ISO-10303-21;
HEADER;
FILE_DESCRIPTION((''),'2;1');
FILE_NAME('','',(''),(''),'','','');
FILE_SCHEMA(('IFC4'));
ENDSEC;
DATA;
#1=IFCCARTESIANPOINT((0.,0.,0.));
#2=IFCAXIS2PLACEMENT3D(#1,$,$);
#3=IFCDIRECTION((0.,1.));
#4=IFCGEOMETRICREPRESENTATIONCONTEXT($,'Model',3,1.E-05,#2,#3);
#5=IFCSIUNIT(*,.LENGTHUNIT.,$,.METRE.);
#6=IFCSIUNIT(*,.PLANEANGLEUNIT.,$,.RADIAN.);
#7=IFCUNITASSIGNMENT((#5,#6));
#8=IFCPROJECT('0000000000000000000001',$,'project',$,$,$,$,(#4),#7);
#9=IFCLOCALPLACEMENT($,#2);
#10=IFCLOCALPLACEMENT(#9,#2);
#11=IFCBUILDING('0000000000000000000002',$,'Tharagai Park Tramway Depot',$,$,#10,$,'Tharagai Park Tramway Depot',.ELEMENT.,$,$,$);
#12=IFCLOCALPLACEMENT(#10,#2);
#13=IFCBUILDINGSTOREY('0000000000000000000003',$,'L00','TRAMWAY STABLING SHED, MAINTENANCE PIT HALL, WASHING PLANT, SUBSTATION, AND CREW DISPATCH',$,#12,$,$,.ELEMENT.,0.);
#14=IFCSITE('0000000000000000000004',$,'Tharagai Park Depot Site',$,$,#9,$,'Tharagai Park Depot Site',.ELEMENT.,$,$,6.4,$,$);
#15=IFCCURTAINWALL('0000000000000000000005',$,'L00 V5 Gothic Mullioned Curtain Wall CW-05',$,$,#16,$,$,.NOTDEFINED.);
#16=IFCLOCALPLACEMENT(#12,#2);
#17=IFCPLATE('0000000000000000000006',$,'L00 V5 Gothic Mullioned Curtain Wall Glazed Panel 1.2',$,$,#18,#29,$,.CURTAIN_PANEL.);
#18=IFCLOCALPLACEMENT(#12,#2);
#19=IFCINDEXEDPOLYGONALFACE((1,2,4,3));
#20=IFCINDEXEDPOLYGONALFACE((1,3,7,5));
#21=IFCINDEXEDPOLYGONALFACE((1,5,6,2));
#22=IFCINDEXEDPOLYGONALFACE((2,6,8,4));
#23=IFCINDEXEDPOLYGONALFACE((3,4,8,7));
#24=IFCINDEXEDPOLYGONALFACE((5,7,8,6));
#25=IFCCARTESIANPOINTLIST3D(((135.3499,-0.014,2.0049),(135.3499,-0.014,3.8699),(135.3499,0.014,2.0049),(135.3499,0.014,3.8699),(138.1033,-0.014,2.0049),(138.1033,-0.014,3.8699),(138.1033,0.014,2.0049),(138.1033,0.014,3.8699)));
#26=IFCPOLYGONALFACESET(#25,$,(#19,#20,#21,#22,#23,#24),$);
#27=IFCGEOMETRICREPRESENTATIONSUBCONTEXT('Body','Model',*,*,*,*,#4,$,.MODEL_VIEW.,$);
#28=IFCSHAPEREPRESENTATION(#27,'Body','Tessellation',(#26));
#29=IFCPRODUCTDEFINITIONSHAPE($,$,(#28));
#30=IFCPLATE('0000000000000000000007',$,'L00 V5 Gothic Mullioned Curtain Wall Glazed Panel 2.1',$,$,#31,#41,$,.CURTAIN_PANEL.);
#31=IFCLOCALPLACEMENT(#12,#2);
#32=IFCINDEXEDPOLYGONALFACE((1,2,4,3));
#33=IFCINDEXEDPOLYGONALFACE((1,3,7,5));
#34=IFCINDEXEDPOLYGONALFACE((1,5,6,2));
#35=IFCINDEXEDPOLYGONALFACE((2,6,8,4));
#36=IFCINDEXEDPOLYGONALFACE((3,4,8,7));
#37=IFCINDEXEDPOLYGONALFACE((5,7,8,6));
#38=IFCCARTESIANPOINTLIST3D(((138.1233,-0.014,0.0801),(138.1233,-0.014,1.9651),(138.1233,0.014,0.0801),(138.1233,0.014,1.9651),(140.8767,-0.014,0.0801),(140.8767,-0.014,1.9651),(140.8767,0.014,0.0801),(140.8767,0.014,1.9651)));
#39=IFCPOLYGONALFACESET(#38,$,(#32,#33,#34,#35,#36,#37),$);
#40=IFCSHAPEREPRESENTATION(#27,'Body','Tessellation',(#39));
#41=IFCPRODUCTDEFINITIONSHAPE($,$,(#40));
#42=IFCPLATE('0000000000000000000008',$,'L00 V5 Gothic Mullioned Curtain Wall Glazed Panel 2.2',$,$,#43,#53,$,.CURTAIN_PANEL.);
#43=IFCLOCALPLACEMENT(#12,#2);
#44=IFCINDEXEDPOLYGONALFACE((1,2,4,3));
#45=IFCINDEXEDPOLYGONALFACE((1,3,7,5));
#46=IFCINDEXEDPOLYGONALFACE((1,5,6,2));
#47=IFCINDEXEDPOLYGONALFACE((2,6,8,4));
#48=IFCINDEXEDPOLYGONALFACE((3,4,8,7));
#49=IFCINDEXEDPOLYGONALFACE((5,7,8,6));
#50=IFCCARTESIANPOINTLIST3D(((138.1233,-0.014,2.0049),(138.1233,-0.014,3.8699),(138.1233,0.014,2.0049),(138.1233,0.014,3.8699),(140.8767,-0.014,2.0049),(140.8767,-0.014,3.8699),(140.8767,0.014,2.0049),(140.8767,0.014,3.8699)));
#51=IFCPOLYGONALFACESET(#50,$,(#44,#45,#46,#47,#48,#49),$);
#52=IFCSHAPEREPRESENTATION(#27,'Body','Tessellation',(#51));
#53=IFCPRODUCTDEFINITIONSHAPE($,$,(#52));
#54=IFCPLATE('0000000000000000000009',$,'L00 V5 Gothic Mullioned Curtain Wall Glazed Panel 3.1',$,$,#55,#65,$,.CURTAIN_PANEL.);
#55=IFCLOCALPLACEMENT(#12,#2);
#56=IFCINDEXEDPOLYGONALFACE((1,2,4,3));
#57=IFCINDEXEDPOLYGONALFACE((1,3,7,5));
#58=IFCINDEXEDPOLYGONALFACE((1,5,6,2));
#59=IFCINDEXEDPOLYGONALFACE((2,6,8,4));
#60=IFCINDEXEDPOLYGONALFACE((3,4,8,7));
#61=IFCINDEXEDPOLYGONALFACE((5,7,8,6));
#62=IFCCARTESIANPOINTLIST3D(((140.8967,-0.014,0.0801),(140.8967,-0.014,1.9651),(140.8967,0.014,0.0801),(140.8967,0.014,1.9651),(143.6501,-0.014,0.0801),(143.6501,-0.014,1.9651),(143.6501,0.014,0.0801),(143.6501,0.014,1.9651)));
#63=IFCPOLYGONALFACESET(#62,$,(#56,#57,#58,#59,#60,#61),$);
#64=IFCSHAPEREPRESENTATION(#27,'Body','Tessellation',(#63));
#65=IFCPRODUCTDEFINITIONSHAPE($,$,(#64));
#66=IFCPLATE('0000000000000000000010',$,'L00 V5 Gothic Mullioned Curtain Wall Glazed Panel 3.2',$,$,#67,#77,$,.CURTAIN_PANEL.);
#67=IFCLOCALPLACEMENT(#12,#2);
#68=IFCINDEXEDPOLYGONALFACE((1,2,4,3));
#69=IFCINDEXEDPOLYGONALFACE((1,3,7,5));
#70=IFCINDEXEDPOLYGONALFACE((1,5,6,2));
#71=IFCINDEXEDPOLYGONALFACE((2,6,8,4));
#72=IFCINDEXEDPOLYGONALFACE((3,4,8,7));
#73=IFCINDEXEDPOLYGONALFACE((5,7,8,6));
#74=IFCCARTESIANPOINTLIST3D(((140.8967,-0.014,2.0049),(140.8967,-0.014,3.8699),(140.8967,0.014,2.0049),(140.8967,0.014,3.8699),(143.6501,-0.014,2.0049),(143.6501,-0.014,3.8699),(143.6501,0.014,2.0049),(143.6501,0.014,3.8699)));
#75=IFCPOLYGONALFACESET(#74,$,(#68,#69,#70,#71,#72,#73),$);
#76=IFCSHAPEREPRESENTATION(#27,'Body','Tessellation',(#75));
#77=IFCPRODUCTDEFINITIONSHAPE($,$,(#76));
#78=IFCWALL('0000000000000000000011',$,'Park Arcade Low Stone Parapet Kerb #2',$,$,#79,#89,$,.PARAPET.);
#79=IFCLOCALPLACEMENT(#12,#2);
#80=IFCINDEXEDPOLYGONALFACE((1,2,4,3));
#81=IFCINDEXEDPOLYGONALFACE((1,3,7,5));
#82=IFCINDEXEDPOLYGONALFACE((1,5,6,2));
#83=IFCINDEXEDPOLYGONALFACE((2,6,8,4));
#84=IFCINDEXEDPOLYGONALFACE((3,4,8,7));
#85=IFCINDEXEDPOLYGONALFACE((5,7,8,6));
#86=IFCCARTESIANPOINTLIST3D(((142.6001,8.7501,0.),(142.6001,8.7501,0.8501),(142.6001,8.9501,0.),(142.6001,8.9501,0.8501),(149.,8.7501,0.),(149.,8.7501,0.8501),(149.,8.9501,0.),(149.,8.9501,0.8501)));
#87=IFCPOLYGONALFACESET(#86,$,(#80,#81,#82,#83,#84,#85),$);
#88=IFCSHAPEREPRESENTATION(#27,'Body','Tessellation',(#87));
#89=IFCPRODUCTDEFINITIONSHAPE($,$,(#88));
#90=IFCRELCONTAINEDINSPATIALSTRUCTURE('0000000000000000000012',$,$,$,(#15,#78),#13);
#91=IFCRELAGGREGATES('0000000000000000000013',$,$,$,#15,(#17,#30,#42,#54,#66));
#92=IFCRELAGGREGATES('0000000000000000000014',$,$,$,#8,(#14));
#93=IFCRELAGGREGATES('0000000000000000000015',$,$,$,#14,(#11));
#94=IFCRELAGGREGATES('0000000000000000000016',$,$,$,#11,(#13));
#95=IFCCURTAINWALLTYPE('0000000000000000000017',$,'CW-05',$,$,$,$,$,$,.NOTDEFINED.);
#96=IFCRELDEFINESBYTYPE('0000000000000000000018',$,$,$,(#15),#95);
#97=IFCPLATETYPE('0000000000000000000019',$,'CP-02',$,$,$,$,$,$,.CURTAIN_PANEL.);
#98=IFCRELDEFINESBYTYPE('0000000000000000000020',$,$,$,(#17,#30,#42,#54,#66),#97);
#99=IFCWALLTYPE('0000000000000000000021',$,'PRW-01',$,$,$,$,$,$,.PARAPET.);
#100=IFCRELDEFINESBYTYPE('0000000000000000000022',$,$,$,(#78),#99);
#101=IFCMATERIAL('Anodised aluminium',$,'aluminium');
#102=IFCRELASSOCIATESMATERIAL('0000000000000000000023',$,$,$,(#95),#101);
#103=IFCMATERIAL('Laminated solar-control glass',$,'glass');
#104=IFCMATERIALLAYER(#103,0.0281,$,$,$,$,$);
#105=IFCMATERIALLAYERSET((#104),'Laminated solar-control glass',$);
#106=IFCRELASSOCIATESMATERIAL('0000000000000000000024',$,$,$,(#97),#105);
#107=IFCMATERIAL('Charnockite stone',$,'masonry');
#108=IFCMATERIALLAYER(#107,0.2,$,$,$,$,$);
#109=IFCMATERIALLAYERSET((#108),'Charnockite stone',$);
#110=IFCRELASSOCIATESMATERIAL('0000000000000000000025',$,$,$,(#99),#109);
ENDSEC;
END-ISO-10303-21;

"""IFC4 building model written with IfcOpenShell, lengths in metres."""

from ifc_helpers import new_model, si_unit, direction, frame, frame_2d, origin, origin_2d, place, context, subcontext, project, spatial, rectangle, extrude, material, layer, layer_set, type_object, element, aggregate, save


model = new_model("IFC4")

# Units and contexts
model_context = context("Model", 3, precision=1e-05, world=origin(), true_north=direction((0.0, 1.0)))
body_context = subcontext(model_context, "Body", "Model", "MODEL_VIEW")
ifc_project = project(units=[si_unit("LENGTHUNIT", "METRE"), si_unit("PLANEANGLEUNIT", "RADIAN")], contexts=[model_context])

# Site, building, storey
site_placement = place(None, origin())
site = spatial("IfcSite", under=ifc_project, at=site_placement, Name="Tharagai Park Depot Site", LongName="Tharagai Park Depot Site", CompositionType="ELEMENT", RefElevation=6.4)
building_placement = place(site_placement, origin())
building = spatial("IfcBuilding", under=site, at=building_placement, Name="Tharagai Park Tramway Depot", LongName="Tharagai Park Tramway Depot", CompositionType="ELEMENT")
storey_placement = place(building_placement, origin())
storey = spatial("IfcBuildingStorey", under=building, at=storey_placement, Name="L00", Description="TRAMWAY STABLING SHED, MAINTENANCE PIT HALL, WASHING PLANT, SUBSTATION, AND CREW DISPATCH", CompositionType="ELEMENT", Elevation=0.0)

# Curtain wall, plates
ifc_material_1 = material(Name="Anodised aluminium", Category="aluminium")
curtain_wall_type = type_object("IfcCurtainWallType", Name="CW-05", PredefinedType="NOTDEFINED", material=ifc_material_1)
curtain_wall_placement = place(storey_placement, origin())
curtain_wall = element("IfcCurtainWall", 1, at=curtain_wall_placement, inside=storey, type_object=curtain_wall_type, Name="L00 V5 Gothic Mullioned Curtain Wall CW-05", PredefinedType="NOTDEFINED")
ifc_material_2 = material(Name="Laminated solar-control glass", Category="glass")
ifc_layer_1 = layer(ifc_material_2, 0.0281)
ifc_layer_set_1 = layer_set([ifc_layer_1], Name="Laminated solar-control glass")
plate_type = type_object("IfcPlateType", Name="CP-02", PredefinedType="CURTAIN_PANEL", material=ifc_layer_set_1)
plate_1_placement = place(storey_placement, frame((136.7266, 0.0, 2.0049), z_axis=(0.0, 0.0, 1.0), x_axis=(1.0, 0.0, 0.0)))
plate_1 = element("IfcPlate", 2, at=plate_1_placement, type_object=plate_type, Name="L00 V5 Gothic Mullioned Curtain Wall Glazed Panel 1.2", PredefinedType="CURTAIN_PANEL", context=body_context, shape_type="SweptSolid", body=[
    extrude(rectangle(XDim=2.7534, YDim=0.0281, at=origin_2d()), origin(), (0.0, 0.0, 1.0), 1.865),
])
plate_2_placement = place(storey_placement, frame((139.5, 0.0, 0.0801), z_axis=(0.0, 0.0, 1.0), x_axis=(1.0, 0.0, 0.0)))
plate_2 = element("IfcPlate", 3, at=plate_2_placement, type_object=plate_type, Name="L00 V5 Gothic Mullioned Curtain Wall Glazed Panel 2.1", PredefinedType="CURTAIN_PANEL", context=body_context, shape_type="SweptSolid", body=[
    extrude(rectangle(XDim=2.7534, YDim=0.0281, at=origin_2d()), origin(), (0.0, 0.0, 1.0), 1.885),
])
plate_3_placement = place(storey_placement, frame((139.5, 0.0, 2.0049), z_axis=(0.0, 0.0, 1.0), x_axis=(1.0, 0.0, 0.0)))
plate_3 = element("IfcPlate", 4, at=plate_3_placement, type_object=plate_type, Name="L00 V5 Gothic Mullioned Curtain Wall Glazed Panel 2.2", PredefinedType="CURTAIN_PANEL", context=body_context, shape_type="SweptSolid", body=[
    extrude(rectangle(XDim=2.7534, YDim=0.0281, at=origin_2d()), origin(), (0.0, 0.0, 1.0), 1.865),
])
plate_4_placement = place(storey_placement, frame((142.2734, 0.0, 0.0801), z_axis=(0.0, 0.0, 1.0), x_axis=(1.0, 0.0, 0.0)))
plate_4 = element("IfcPlate", 5, at=plate_4_placement, type_object=plate_type, Name="L00 V5 Gothic Mullioned Curtain Wall Glazed Panel 3.1", PredefinedType="CURTAIN_PANEL", context=body_context, shape_type="SweptSolid", body=[
    extrude(rectangle(XDim=2.7534, YDim=0.0281, at=origin_2d()), origin(), (0.0, 0.0, 1.0), 1.885),
])
plate_5_placement = place(storey_placement, frame((142.2734, 0.0, 2.0049), z_axis=(0.0, 0.0, 1.0), x_axis=(1.0, 0.0, 0.0)))
plate_5 = element("IfcPlate", 6, at=plate_5_placement, type_object=plate_type, Name="L00 V5 Gothic Mullioned Curtain Wall Glazed Panel 3.2", PredefinedType="CURTAIN_PANEL", context=body_context, shape_type="SweptSolid", body=[
    extrude(rectangle(XDim=2.7534, YDim=0.0281, at=origin_2d()), origin(), (0.0, 0.0, 1.0), 1.865),
])
aggregate(curtain_wall, [plate_1, plate_2, plate_3, plate_4, plate_5])

# Wall
ifc_material_3 = material(Name="Charnockite stone", Category="masonry")
ifc_layer_2 = layer(ifc_material_3, 0.2)
ifc_layer_set_2 = layer_set([ifc_layer_2], Name="Charnockite stone")
wall_type = type_object("IfcWallType", Name="PRW-01", PredefinedType="PARAPET", material=ifc_layer_set_2)
wall_placement = place(storey_placement, frame((142.6001, 8.8501, 0.0), z_axis=(0.0, 0.0, 1.0), x_axis=(1.0, 0.0, 0.0)))
element("IfcWall", 7, at=wall_placement, inside=storey, type_object=wall_type, Name="Park Arcade Low Stone Parapet Kerb #2", PredefinedType="PARAPET", context=body_context, shape_type="SweptSolid", body=[
    extrude(rectangle(XDim=6.3999, YDim=0.2, at=frame_2d((3.2, 0.0))), origin(), (0.0, 0.0, 1.0), 0.8501),
])

save(model, "model.ifc")
